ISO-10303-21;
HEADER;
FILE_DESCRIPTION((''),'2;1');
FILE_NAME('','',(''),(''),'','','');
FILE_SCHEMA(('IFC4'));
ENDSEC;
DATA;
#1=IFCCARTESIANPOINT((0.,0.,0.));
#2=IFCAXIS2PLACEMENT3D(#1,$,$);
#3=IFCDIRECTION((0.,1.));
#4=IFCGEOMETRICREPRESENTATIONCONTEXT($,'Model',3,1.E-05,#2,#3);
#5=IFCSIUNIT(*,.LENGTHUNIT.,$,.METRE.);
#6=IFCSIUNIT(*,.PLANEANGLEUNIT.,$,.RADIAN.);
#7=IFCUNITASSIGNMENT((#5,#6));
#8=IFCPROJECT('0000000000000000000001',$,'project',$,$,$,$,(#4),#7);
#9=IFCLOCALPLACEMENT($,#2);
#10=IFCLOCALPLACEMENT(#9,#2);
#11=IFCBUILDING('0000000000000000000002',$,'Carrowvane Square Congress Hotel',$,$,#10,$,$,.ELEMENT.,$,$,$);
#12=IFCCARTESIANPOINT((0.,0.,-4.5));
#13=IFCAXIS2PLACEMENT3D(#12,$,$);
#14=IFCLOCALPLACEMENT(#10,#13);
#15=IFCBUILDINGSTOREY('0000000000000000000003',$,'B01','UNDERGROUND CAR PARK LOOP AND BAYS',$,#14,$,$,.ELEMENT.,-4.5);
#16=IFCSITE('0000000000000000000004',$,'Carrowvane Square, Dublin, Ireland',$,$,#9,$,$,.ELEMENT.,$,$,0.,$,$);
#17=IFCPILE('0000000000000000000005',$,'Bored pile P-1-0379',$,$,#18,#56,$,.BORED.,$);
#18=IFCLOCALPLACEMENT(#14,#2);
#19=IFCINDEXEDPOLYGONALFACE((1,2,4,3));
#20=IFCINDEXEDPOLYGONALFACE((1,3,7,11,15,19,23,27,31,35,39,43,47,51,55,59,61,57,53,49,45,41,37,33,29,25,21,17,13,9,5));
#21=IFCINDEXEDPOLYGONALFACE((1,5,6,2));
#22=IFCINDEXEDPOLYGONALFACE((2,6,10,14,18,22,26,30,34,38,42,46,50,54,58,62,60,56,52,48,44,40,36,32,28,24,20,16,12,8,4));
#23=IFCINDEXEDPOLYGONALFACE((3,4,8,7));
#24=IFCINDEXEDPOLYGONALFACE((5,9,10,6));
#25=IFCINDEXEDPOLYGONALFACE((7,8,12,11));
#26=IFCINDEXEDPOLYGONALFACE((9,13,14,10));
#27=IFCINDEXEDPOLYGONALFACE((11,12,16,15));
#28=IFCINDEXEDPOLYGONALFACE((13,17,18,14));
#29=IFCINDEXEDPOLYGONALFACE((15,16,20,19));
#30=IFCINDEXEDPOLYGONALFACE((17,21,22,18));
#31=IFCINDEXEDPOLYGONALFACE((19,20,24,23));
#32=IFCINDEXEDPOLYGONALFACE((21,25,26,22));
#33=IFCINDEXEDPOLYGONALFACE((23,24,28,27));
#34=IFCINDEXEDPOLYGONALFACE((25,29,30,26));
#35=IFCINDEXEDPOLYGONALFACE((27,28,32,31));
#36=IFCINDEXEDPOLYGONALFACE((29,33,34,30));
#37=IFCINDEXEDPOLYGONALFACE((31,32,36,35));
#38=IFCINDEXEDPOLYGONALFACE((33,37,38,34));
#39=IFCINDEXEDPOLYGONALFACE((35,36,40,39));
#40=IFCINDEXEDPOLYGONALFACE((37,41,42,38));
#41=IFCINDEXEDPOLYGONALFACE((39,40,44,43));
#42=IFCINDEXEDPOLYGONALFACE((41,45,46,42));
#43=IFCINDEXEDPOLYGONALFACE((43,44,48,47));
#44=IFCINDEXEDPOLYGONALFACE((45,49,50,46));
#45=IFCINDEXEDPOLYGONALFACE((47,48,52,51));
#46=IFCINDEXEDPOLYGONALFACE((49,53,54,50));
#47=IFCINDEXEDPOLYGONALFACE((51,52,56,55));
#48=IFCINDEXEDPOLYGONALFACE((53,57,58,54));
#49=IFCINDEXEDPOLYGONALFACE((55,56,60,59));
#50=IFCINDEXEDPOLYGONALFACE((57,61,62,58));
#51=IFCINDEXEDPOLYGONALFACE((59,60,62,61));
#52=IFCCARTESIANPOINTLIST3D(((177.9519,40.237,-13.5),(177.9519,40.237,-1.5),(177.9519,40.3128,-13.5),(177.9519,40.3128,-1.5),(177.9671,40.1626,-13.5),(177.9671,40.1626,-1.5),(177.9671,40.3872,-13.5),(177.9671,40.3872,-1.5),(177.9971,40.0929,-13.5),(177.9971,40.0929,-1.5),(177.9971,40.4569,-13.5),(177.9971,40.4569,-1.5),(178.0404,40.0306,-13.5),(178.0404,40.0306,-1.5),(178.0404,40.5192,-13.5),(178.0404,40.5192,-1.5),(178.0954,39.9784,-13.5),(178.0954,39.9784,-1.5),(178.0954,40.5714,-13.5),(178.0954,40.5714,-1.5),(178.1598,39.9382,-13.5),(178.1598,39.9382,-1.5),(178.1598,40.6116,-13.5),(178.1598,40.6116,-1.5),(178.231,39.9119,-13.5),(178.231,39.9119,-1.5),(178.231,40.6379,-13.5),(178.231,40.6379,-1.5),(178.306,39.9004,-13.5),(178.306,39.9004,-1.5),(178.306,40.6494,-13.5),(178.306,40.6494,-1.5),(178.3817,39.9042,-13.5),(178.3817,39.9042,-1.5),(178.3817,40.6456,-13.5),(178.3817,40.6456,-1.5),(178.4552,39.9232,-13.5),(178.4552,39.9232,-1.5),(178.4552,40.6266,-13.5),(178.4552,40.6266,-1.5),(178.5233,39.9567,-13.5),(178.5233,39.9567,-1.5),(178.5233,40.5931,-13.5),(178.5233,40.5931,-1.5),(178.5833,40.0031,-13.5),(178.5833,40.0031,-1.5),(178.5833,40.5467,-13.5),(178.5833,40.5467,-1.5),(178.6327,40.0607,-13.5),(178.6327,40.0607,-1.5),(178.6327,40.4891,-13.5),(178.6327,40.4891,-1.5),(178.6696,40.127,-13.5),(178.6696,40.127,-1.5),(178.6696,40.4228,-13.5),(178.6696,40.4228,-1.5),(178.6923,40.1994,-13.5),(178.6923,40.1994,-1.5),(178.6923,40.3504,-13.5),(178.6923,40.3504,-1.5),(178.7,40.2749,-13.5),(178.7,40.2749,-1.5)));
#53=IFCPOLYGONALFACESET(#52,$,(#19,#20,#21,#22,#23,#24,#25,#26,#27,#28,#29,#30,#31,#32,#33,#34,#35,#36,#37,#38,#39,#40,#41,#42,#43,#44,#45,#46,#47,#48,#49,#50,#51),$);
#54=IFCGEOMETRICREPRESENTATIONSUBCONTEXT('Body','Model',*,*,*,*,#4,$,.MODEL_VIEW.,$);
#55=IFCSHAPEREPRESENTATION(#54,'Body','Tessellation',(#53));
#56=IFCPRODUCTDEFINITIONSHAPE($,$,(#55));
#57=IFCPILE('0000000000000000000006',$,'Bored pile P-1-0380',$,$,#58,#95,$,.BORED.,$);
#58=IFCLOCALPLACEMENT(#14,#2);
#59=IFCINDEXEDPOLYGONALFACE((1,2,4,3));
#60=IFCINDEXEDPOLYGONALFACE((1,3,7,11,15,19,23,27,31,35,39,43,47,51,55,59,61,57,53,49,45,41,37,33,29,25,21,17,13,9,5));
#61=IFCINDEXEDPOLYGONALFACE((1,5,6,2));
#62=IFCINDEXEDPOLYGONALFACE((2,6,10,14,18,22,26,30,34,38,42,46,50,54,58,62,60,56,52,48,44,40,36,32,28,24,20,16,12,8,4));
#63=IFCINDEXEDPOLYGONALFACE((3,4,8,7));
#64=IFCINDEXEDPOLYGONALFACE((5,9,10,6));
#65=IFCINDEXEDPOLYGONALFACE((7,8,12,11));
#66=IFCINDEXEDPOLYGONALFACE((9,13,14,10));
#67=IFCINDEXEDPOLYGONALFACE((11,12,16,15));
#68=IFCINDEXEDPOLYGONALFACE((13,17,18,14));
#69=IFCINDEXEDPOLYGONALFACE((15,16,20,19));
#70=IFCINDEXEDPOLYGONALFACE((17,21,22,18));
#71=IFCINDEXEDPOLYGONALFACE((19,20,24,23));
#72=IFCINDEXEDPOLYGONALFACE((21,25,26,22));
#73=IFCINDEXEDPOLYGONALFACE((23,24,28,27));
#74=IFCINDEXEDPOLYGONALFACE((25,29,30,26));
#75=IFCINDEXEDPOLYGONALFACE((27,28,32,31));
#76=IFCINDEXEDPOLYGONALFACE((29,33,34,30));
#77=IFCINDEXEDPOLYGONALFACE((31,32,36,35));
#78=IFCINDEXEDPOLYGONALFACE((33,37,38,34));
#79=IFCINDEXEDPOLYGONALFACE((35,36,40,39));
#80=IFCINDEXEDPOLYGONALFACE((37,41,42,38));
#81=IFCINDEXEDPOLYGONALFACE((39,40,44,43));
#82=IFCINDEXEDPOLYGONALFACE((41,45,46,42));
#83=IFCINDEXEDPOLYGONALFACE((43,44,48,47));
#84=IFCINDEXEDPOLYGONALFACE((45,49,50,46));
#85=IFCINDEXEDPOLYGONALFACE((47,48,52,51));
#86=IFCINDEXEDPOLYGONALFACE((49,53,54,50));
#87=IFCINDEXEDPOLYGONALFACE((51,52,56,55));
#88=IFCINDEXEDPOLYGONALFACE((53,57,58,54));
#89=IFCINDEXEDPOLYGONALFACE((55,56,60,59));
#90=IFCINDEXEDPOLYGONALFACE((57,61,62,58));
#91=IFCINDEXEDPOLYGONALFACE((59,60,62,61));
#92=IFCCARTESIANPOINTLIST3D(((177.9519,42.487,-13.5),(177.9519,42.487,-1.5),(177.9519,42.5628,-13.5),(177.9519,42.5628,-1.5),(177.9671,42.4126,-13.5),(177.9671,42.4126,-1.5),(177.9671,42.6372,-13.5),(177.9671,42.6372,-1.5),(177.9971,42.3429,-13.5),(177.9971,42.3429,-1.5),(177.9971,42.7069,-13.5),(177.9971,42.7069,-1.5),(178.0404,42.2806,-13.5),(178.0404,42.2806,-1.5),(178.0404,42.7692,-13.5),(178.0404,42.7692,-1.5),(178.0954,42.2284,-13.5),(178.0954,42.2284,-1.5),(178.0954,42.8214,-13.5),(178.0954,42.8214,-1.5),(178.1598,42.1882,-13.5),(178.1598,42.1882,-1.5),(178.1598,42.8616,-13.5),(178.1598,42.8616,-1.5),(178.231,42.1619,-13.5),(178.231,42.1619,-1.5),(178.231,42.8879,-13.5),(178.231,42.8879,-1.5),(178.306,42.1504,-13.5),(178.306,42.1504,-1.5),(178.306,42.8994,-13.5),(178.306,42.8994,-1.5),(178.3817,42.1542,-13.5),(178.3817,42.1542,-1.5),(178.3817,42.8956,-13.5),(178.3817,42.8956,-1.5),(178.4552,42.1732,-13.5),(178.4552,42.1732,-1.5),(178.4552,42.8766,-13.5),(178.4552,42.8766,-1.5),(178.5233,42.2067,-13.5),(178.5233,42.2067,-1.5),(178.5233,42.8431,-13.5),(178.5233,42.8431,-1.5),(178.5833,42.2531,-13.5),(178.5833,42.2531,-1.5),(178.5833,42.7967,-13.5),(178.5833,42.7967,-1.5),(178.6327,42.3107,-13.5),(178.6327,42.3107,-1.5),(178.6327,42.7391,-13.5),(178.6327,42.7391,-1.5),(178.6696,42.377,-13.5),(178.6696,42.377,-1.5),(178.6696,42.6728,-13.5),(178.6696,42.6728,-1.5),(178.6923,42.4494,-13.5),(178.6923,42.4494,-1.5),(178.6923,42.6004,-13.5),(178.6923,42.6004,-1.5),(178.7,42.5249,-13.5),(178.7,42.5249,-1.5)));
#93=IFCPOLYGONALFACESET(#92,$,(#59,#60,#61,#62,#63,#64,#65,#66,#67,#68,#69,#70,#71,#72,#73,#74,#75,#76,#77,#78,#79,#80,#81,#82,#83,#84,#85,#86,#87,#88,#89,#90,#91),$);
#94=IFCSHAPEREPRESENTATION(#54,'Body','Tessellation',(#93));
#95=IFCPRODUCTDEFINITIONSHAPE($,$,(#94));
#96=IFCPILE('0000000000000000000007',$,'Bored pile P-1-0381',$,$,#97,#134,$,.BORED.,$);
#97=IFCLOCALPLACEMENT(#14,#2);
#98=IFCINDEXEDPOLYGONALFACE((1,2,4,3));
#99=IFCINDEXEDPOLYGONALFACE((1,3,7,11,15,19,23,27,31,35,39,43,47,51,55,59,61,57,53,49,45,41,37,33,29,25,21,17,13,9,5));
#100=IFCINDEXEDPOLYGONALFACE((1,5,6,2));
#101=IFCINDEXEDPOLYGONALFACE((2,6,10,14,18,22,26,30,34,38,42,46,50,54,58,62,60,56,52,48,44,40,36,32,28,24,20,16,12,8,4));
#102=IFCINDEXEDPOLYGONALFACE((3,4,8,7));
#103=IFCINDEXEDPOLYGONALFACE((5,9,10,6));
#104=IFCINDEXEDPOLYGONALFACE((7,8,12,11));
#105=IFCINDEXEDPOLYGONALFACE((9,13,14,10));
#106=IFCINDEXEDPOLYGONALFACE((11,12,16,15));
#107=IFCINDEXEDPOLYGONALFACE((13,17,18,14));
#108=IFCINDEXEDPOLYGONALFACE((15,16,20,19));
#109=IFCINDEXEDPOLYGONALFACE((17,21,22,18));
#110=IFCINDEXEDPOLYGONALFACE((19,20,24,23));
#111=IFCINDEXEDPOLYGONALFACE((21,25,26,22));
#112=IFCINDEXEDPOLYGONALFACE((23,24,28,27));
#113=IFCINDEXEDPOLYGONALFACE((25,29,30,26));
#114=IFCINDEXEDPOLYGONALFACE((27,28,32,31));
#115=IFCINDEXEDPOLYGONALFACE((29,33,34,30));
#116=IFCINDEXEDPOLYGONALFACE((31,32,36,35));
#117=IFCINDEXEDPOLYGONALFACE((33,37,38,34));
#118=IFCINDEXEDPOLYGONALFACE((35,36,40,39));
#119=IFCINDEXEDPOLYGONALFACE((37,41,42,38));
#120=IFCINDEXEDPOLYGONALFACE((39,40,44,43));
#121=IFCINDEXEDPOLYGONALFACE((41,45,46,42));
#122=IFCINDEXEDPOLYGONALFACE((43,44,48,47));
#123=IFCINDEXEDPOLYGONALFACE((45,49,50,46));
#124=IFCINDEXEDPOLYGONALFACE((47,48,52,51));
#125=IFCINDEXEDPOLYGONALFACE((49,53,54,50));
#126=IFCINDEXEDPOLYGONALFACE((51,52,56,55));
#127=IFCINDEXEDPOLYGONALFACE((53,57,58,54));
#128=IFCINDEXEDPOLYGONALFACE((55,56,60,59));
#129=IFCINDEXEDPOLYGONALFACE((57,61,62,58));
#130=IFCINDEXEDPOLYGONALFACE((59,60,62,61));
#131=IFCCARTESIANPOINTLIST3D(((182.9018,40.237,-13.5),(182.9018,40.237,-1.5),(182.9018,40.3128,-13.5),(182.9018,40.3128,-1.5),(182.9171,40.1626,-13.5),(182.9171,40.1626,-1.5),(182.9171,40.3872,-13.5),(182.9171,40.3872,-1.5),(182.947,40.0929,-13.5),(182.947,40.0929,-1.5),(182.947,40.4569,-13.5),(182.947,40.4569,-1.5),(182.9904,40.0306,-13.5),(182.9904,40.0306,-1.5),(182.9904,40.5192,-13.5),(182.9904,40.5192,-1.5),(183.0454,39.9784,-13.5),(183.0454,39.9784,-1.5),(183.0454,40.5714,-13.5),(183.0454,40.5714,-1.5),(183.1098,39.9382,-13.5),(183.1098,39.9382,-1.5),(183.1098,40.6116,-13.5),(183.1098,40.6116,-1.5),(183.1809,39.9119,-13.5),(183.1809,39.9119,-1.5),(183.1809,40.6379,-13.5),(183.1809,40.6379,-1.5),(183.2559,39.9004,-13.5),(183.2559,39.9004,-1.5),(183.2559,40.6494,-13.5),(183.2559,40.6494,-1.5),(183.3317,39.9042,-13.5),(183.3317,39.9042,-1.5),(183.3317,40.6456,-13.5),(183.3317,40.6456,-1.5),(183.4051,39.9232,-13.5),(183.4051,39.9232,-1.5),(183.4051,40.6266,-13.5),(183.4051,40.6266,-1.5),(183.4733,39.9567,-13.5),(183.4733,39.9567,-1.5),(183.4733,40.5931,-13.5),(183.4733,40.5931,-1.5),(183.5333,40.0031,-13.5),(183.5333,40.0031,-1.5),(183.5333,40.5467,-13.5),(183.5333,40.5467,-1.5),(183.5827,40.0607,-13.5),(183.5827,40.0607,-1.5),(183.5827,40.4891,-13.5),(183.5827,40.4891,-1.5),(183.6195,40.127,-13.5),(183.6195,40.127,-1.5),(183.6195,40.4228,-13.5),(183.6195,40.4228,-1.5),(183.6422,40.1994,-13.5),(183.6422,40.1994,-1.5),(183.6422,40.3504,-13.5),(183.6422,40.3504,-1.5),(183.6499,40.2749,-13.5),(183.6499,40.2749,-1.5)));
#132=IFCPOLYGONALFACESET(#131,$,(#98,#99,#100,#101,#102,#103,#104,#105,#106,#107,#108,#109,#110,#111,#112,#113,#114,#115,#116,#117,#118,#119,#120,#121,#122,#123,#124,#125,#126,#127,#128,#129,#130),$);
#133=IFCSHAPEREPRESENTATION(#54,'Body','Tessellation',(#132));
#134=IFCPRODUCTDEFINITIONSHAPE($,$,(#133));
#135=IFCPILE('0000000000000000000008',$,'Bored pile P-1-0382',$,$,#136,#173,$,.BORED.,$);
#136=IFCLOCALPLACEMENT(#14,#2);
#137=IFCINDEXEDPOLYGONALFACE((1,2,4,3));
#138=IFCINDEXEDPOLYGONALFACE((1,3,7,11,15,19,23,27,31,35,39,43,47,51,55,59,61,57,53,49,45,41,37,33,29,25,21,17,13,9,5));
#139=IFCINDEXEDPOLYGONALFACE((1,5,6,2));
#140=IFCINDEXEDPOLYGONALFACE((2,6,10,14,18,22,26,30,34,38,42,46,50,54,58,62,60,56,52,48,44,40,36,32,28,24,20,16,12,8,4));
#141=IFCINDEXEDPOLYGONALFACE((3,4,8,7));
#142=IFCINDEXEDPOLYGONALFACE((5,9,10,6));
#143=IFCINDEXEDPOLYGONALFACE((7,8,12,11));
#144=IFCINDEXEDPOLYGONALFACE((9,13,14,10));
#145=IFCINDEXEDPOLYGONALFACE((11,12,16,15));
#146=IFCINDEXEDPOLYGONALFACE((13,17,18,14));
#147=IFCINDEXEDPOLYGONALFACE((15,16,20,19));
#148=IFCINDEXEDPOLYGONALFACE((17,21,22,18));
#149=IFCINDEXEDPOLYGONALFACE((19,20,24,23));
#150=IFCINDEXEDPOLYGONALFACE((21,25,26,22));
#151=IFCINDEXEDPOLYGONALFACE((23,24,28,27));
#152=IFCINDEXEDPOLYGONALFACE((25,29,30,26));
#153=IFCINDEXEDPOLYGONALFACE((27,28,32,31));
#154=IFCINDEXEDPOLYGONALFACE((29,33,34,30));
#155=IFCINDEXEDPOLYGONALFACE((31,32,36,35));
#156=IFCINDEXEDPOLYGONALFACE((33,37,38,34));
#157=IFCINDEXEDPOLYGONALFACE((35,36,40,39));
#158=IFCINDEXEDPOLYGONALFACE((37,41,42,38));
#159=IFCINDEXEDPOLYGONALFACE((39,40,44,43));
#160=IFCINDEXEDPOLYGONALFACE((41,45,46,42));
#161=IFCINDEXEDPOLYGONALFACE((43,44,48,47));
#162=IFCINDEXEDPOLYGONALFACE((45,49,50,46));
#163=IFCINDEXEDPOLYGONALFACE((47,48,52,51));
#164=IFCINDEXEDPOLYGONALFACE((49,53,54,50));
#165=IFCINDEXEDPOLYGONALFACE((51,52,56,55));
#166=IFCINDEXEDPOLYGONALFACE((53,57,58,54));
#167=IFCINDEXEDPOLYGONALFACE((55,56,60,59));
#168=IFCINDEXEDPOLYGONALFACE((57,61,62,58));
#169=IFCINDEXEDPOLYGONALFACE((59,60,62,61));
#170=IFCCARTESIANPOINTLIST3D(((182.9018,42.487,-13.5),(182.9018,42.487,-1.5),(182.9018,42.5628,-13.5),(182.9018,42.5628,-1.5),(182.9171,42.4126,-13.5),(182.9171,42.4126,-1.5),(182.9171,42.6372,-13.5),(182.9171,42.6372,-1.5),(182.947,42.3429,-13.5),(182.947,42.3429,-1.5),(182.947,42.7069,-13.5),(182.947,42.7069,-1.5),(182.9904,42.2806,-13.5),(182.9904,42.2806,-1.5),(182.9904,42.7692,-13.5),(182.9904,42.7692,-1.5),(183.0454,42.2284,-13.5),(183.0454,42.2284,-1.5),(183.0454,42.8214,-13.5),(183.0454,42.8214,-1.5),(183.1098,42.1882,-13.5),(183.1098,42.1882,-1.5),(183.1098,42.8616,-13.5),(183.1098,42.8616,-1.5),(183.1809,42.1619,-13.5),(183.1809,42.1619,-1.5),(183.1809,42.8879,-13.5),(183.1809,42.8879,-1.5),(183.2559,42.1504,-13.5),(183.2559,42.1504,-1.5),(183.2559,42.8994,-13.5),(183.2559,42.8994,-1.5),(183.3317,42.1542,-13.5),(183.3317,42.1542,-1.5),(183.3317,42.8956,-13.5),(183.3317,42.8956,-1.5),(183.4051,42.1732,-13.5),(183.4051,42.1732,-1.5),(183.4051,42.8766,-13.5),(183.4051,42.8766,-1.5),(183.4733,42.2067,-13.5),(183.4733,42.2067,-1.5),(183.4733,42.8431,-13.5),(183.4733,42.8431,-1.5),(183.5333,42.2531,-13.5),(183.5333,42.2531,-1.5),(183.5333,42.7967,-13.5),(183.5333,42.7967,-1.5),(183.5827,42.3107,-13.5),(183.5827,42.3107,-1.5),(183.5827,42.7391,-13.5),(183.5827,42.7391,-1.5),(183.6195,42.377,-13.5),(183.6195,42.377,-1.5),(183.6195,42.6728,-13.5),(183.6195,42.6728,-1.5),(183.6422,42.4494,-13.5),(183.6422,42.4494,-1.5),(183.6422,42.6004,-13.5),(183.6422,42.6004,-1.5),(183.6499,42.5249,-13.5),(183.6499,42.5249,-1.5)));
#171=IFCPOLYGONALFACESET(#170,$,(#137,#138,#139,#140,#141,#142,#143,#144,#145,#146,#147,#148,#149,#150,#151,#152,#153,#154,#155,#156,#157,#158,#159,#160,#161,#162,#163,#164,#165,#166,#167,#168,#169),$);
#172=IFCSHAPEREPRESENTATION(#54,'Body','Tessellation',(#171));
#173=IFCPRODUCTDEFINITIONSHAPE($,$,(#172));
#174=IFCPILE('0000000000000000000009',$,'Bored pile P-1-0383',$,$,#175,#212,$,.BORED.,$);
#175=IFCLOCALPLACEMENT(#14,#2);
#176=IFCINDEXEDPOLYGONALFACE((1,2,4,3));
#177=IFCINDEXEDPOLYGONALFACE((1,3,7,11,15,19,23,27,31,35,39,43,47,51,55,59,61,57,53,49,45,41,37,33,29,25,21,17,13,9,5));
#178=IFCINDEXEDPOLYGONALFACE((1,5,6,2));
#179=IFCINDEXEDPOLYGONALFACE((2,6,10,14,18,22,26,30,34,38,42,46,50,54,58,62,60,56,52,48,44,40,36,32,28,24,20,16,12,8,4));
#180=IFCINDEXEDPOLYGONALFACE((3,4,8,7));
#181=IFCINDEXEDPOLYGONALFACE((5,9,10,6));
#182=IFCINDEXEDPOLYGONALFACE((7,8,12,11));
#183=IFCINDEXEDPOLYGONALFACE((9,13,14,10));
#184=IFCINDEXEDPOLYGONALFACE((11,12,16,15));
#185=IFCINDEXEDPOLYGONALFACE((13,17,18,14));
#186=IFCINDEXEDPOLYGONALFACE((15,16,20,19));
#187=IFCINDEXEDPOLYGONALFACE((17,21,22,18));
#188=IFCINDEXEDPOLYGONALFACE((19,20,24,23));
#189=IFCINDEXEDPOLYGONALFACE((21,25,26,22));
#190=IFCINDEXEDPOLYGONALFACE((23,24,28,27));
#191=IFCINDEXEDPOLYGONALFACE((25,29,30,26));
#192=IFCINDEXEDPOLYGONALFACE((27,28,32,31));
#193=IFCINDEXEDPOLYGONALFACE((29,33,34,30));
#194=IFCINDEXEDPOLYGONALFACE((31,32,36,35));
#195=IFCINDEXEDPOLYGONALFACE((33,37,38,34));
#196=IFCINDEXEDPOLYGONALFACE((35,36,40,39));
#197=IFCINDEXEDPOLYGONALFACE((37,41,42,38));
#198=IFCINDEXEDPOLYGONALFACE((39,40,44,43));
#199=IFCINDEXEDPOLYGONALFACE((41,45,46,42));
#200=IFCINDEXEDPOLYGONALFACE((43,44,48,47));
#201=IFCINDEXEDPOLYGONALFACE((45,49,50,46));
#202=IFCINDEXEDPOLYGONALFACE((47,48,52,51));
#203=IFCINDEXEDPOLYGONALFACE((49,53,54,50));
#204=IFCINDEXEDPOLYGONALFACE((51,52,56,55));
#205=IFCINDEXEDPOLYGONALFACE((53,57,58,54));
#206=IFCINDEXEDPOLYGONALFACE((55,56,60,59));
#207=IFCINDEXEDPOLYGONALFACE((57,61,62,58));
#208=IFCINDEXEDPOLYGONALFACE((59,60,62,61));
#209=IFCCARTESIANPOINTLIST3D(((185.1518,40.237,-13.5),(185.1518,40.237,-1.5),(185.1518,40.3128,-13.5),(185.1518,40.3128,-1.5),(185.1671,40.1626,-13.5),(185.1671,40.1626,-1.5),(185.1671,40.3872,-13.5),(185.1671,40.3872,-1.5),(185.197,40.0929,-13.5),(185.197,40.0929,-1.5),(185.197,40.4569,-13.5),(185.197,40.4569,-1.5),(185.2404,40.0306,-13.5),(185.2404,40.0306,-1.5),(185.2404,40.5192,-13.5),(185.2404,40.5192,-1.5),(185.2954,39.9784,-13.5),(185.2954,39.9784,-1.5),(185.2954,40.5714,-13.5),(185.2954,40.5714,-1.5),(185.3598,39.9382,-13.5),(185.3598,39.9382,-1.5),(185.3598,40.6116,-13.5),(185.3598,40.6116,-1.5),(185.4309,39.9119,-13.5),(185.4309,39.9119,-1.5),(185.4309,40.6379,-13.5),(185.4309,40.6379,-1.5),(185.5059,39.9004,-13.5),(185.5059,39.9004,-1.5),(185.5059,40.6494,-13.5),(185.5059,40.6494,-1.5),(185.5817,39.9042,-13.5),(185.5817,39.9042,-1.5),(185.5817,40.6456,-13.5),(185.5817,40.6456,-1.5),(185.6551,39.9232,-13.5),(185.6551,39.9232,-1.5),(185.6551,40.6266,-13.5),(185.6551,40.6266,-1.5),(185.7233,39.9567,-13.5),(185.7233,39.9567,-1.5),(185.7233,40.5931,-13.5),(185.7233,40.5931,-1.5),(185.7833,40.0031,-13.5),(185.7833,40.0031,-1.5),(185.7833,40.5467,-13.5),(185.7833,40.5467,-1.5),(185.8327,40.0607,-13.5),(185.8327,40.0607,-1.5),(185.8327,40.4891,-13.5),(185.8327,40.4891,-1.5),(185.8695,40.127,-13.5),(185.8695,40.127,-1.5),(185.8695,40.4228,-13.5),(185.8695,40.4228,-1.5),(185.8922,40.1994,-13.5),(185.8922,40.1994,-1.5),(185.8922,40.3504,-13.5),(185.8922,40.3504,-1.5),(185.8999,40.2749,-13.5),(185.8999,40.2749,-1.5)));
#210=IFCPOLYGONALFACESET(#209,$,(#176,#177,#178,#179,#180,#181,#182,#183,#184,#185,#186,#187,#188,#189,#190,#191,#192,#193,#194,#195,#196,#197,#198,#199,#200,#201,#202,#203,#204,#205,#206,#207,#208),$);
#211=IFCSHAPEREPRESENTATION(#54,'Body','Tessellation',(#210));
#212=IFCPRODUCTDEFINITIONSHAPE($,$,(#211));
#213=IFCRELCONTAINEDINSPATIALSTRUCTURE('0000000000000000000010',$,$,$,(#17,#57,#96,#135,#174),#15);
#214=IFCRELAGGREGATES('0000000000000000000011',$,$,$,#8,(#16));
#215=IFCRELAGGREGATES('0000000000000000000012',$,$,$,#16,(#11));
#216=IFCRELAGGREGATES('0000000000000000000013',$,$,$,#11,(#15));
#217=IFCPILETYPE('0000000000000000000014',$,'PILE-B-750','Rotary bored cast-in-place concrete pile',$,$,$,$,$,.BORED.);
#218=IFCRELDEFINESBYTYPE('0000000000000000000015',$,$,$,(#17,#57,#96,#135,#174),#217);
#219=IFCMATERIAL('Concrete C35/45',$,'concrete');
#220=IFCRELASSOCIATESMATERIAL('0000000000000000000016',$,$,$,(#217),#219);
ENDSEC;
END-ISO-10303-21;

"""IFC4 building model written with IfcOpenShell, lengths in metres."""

from ifc_helpers import new_model, si_unit, direction, frame, origin, origin_2d, place, context, subcontext, project, spatial, circle, extrude, material, material_profile, profile_set, type_object, element, save


model = new_model("IFC4")

# Units and contexts
model_context = context("Model", 3, precision=1e-05, world=origin(), true_north=direction((0.0, 1.0)))
body_context = subcontext(model_context, "Body", "Model", "MODEL_VIEW")
ifc_project = project(units=[si_unit("LENGTHUNIT", "METRE"), si_unit("PLANEANGLEUNIT", "RADIAN")], contexts=[model_context])

# Site, building, storey
site_placement = place(None, origin())
site = spatial("IfcSite", under=ifc_project, at=site_placement, Name="Carrowvane Square, Dublin, Ireland", CompositionType="ELEMENT", RefElevation=0.0)
building_placement = place(site_placement, origin())
building = spatial("IfcBuilding", under=site, at=building_placement, Name="Carrowvane Square Congress Hotel", CompositionType="ELEMENT")
storey_placement = place(building_placement, frame((0.0, 0.0, -4.5)))
storey = spatial("IfcBuildingStorey", under=building, at=storey_placement, Name="B01", Description="UNDERGROUND CAR PARK LOOP AND BAYS", CompositionType="ELEMENT", Elevation=-4.5)

# Piles
ifc_material_1 = material(Name="Concrete C35/45", Category="concrete")
ifc_material_profile_1 = material_profile(ifc_material_1, circle(Radius=0.375, at=origin_2d()), Name="PILE D750")
ifc_profile_set_1 = profile_set([ifc_material_profile_1], Name="Concrete C35/45")
pile_type_1 = type_object("IfcPileType", Name="PILE-B-750", Description="Rotary bored cast-in-place concrete pile", PredefinedType="BORED", material=ifc_profile_set_1)
for number, where, z_axis, x_axis, name in (
    (1, (178.325, 40.2749, -1.5), (0.0, 0.0, -1.0), (1.0, 0.0, 0.0), "Bored pile P-1-0379"),
    (2, (178.325, 42.5249, -1.5), (0.0, 0.0, -1.0), (1.0, 0.0, 0.0), "Bored pile P-1-0380"),
    (3, (183.2749, 40.2749, -1.5), (0.0, 0.0, -1.0), (1.0, 0.0, 0.0), "Bored pile P-1-0381"),
    (4, (183.2749, 42.5249, -1.5), (0.0, 0.0, -1.0), (1.0, 0.0, 0.0), "Bored pile P-1-0382"),
    (5, (185.5249, 40.2749, -1.5), (0.0, 0.0, -1.0), (1.0, 0.0, 0.0), "Bored pile P-1-0383"),
):
    element("IfcPile", number, at=place(storey_placement, frame(where, z_axis=z_axis, x_axis=x_axis)), inside=storey, type_object=pile_type_1, Name=name, PredefinedType="BORED", context=body_context, shape_type="SweptSolid", body=[
        extrude(circle(Radius=0.375, at=origin_2d()), origin(), (0.0, 0.0, 1.0), 12.0),
    ])

save(model, "model.ifc")
